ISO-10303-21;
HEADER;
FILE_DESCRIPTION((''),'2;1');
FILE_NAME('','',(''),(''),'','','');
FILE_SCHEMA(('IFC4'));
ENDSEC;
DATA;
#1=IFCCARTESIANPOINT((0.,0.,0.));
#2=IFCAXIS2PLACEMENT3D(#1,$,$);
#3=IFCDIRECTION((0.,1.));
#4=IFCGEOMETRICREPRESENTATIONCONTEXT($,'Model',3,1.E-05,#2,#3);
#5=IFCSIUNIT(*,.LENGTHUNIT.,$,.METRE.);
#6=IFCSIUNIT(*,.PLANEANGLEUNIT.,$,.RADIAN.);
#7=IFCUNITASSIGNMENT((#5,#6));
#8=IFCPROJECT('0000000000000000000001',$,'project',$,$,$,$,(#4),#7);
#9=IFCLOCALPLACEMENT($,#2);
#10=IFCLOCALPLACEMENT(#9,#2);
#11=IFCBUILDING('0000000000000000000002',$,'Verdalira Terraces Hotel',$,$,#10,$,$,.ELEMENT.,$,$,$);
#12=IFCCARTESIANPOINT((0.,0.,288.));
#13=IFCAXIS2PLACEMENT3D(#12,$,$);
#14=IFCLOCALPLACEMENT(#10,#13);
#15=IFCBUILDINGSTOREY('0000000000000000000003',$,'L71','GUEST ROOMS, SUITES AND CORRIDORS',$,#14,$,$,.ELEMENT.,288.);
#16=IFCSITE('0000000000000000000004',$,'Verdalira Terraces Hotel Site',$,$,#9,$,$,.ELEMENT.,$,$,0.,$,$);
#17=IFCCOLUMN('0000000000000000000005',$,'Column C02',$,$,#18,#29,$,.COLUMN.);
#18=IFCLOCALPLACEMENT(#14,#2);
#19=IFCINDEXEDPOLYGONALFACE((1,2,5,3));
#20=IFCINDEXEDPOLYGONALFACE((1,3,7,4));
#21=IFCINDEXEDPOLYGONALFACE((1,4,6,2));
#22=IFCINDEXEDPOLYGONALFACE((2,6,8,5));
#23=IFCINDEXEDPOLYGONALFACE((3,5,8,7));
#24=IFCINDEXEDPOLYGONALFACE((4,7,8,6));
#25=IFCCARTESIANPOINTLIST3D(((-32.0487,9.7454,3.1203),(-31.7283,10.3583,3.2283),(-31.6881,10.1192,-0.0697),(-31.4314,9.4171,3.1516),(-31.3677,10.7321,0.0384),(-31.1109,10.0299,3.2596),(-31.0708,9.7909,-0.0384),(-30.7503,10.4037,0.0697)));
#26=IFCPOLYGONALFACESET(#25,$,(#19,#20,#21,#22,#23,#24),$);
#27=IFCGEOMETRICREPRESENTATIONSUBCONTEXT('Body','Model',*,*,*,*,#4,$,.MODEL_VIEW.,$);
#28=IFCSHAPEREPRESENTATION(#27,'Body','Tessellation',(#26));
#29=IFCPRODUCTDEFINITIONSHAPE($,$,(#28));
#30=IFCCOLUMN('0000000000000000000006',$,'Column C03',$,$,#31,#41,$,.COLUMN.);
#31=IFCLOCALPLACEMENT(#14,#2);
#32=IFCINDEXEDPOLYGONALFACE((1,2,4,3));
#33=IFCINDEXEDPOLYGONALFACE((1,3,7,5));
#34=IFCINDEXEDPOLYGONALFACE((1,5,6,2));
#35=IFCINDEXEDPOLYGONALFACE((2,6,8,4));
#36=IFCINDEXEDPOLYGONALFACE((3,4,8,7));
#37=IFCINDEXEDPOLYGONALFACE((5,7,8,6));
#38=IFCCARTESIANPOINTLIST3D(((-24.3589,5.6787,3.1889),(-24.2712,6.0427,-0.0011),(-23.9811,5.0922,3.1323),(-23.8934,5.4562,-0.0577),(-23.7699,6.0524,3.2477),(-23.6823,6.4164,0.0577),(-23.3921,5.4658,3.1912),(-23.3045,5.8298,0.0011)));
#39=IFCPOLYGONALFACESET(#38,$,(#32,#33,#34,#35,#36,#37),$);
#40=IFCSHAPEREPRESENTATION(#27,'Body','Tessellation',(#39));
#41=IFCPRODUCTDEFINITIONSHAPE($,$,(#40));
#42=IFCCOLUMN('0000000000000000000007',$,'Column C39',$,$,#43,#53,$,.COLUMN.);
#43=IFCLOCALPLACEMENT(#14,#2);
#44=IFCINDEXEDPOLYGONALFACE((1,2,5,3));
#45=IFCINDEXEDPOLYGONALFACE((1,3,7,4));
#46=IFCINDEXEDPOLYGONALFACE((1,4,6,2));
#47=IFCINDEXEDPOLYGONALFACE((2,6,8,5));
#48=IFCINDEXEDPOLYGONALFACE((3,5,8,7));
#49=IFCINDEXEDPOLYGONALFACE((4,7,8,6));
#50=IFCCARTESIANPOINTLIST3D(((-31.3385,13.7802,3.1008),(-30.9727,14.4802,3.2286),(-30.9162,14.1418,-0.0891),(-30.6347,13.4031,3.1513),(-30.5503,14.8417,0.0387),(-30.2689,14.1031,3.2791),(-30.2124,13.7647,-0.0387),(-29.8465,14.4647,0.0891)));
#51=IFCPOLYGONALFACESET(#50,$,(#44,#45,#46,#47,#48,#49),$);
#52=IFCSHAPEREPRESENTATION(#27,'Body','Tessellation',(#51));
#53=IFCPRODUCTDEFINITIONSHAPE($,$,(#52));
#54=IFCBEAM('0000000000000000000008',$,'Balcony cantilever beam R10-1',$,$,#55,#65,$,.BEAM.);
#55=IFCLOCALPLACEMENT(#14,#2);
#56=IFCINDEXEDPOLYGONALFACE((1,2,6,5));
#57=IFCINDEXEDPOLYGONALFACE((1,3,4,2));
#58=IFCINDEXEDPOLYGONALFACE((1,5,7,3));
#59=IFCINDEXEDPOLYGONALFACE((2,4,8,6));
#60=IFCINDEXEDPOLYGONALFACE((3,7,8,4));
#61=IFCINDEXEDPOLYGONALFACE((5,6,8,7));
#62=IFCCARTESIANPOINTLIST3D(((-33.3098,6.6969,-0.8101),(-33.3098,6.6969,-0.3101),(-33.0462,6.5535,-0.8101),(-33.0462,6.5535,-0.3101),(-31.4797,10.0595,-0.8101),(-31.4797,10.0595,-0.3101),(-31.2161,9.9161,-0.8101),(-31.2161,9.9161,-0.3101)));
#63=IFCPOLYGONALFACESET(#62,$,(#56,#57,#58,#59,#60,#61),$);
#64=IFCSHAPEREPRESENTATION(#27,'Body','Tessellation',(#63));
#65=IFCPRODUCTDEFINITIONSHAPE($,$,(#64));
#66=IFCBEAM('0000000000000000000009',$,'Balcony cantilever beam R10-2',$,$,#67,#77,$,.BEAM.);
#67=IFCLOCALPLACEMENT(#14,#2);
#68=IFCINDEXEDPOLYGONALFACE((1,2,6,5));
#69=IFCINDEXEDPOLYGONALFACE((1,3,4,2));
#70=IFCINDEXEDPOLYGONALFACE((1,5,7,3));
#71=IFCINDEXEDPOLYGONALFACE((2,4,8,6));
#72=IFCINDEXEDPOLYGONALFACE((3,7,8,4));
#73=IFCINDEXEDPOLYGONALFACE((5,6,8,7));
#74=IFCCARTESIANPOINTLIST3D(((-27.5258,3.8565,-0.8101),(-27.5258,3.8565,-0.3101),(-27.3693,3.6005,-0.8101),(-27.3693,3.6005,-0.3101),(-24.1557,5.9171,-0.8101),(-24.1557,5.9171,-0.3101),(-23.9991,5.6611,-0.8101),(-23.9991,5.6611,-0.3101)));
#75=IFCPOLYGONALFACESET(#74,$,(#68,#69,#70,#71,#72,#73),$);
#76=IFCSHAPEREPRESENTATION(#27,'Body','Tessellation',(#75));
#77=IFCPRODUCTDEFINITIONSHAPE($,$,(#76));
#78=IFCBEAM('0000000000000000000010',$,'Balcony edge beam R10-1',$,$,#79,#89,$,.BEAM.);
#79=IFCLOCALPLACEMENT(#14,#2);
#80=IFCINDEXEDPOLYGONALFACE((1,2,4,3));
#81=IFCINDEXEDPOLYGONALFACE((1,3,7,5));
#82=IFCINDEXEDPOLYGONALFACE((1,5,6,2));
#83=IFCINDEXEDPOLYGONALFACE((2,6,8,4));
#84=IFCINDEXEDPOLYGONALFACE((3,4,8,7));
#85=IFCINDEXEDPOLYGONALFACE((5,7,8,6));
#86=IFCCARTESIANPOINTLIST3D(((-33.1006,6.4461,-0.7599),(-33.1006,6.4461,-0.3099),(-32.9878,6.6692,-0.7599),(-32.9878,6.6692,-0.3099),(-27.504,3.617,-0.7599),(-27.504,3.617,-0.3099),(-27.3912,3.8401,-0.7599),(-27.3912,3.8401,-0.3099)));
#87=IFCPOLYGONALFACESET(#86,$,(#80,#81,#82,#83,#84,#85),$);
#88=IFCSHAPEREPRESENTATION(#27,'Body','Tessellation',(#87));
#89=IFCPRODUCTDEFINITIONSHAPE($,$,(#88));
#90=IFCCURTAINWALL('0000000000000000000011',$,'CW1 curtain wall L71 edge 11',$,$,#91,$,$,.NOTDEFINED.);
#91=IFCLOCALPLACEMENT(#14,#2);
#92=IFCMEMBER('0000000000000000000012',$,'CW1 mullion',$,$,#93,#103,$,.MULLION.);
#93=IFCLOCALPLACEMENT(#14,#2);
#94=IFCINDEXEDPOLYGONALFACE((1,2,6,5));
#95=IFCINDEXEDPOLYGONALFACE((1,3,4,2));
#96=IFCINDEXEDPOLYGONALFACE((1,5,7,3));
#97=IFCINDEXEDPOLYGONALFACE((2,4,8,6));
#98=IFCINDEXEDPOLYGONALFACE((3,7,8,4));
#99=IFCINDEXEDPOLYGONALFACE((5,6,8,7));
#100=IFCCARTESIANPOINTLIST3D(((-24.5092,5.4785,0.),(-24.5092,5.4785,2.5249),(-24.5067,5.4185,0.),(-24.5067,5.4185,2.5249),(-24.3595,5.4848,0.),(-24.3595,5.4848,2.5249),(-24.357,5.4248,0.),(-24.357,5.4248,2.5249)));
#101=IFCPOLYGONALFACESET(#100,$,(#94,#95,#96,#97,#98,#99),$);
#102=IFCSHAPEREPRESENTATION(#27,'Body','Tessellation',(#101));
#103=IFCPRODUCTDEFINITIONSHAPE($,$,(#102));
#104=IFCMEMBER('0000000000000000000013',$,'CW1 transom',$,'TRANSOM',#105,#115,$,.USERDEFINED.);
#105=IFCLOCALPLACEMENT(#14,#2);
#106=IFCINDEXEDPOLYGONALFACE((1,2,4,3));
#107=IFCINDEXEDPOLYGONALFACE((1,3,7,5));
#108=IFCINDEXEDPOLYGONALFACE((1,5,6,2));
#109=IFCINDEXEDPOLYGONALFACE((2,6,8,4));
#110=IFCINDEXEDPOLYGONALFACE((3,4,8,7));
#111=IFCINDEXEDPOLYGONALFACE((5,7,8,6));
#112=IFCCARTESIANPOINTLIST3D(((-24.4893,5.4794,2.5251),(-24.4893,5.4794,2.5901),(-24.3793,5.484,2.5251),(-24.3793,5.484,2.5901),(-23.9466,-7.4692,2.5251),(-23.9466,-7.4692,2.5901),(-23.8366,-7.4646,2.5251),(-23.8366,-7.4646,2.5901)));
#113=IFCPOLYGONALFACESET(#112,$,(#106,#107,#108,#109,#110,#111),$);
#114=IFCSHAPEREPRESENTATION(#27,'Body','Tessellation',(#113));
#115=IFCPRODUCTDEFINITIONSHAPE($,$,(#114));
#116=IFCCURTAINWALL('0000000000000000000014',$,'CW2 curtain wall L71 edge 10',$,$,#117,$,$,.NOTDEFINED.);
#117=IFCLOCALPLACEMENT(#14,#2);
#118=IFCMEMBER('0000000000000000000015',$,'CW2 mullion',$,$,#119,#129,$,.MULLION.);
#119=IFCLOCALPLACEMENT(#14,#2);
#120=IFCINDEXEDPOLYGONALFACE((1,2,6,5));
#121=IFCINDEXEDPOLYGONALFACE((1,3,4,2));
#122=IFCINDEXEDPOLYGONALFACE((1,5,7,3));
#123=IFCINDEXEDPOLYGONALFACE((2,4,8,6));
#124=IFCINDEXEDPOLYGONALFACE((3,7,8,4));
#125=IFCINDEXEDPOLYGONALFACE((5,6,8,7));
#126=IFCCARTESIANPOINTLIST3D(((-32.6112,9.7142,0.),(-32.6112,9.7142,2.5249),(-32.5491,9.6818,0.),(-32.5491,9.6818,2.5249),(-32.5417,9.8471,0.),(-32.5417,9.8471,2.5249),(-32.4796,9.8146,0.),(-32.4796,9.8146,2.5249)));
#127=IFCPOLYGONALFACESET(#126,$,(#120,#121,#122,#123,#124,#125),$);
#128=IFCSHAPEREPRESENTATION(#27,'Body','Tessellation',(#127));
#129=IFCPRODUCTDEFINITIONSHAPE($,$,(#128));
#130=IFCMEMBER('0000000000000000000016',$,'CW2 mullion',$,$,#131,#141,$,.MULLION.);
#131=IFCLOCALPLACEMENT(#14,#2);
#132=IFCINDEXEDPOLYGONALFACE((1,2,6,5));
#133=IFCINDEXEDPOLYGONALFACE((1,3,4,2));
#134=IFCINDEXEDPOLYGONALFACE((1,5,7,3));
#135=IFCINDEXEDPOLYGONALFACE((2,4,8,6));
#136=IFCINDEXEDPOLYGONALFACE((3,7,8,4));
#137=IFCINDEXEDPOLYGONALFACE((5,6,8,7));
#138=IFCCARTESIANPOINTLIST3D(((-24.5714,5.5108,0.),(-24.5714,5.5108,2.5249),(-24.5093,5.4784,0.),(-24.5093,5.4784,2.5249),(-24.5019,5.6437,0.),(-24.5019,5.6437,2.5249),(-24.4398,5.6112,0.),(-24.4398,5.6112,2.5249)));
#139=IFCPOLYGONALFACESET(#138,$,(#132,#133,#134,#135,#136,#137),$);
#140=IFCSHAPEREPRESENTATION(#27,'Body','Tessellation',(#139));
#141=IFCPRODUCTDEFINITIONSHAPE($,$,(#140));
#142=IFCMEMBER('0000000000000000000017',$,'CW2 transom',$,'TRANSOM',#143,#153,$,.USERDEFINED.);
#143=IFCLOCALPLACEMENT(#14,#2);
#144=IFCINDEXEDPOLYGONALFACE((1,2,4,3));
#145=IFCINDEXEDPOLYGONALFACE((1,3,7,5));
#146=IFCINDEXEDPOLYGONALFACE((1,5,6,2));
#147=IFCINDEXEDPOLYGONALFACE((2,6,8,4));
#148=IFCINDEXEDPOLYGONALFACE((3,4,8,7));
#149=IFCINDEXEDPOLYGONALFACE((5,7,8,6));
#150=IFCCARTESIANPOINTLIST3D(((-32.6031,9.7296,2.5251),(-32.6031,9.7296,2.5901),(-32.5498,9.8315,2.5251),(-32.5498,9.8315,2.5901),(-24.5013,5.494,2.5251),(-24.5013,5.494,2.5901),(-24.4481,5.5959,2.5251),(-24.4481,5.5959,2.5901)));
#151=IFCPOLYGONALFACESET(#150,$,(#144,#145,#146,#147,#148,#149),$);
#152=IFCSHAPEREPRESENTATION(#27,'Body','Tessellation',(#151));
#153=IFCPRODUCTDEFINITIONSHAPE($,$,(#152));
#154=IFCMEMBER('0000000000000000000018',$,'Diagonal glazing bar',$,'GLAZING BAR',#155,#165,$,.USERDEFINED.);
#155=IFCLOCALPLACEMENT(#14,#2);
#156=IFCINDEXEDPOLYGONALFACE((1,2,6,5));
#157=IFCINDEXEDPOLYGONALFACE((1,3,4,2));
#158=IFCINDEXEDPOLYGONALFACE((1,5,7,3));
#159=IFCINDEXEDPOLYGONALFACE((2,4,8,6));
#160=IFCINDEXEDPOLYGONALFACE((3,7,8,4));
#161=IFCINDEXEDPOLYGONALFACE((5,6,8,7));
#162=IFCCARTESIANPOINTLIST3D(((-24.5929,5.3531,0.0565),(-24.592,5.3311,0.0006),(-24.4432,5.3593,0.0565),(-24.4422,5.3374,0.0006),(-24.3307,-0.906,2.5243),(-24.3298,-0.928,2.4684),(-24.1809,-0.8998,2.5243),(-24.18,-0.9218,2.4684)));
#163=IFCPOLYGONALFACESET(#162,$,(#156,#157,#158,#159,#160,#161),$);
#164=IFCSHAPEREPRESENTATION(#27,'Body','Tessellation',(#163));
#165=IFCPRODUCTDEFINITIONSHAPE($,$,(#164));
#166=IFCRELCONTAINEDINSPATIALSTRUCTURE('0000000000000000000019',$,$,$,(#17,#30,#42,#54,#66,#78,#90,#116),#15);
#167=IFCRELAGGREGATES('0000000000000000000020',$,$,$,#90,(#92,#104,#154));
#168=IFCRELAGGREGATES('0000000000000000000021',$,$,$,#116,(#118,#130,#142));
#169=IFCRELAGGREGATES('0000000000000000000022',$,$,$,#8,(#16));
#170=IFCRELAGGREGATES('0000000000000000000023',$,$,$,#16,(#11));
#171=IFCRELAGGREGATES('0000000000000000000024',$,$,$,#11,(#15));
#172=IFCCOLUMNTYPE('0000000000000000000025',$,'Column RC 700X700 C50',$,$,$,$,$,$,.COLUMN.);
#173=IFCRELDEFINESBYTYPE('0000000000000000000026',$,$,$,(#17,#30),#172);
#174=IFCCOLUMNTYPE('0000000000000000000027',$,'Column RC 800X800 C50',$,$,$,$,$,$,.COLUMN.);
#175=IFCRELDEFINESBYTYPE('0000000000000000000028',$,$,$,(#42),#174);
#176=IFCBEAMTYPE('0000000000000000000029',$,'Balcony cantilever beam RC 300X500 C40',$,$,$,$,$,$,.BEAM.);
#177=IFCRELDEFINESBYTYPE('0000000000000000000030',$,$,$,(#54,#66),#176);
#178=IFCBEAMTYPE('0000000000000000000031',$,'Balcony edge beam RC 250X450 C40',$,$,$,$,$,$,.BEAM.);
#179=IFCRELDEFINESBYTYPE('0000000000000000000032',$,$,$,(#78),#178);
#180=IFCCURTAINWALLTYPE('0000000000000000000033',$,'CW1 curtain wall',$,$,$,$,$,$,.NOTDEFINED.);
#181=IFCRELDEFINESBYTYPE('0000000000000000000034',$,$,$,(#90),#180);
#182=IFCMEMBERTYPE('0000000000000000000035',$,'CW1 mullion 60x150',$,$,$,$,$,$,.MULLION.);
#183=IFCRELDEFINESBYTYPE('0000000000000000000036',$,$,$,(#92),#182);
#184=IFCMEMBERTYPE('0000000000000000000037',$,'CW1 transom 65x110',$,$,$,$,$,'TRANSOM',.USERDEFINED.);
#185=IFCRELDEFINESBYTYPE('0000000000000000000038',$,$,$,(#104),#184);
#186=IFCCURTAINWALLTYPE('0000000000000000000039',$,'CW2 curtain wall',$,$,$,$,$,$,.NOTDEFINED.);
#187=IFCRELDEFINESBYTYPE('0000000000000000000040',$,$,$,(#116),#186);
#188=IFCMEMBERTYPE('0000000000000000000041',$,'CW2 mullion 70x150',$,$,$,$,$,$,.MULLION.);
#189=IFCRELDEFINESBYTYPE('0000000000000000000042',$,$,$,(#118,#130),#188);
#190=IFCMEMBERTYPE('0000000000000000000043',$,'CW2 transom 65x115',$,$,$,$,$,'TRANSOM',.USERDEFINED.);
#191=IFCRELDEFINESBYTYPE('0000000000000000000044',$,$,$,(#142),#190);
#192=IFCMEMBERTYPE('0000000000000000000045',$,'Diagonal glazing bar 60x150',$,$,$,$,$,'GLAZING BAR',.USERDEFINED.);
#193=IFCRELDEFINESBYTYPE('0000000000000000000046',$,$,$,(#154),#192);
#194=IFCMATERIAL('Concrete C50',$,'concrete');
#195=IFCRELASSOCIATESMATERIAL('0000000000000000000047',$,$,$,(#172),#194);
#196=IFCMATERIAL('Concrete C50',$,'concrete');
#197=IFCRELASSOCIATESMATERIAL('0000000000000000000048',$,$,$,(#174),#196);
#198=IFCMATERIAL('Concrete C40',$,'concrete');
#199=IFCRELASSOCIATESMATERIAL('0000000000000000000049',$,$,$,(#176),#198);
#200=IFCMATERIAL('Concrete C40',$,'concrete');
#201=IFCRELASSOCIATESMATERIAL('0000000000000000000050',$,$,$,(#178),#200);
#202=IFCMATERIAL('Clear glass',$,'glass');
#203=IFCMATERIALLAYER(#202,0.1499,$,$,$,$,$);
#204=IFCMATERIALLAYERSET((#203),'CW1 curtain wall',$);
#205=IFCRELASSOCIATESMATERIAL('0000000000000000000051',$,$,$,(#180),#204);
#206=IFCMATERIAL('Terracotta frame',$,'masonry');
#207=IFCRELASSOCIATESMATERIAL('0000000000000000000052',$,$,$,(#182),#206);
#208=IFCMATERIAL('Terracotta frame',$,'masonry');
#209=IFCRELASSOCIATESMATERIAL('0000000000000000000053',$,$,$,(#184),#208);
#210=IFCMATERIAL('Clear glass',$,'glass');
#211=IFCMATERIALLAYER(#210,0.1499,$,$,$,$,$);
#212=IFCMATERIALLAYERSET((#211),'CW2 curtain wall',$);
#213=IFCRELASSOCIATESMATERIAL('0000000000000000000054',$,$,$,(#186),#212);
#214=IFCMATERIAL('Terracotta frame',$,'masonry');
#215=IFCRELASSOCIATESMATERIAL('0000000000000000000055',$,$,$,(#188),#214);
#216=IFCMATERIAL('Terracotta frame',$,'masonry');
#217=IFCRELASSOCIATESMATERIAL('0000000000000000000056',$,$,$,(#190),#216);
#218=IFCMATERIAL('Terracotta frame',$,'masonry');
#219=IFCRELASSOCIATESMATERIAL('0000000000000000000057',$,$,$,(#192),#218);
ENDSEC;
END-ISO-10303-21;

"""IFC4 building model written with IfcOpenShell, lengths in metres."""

from ifc_helpers import new_model, si_unit, direction, frame, origin, origin_2d, place, context, subcontext, project, spatial, rectangle, extrude, material, layer, layer_set, material_profile, profile_set, type_object, element, aggregate, save


model = new_model("IFC4")

# Units and contexts
model_context = context("Model", 3, precision=1e-05, world=origin(), true_north=direction((0.0, 1.0)))
body_context = subcontext(model_context, "Body", "Model", "MODEL_VIEW")
ifc_project = project(units=[si_unit("LENGTHUNIT", "METRE"), si_unit("PLANEANGLEUNIT", "RADIAN")], contexts=[model_context])

# Site, building, storey
site_placement = place(None, origin())
site = spatial("IfcSite", under=ifc_project, at=site_placement, Name="Verdalira Terraces Hotel Site", CompositionType="ELEMENT", RefElevation=0.0)
building_placement = place(site_placement, origin())
building = spatial("IfcBuilding", under=site, at=building_placement, Name="Verdalira Terraces Hotel", CompositionType="ELEMENT")
storey_placement = place(building_placement, frame((0.0, 0.0, 288.0)))
storey = spatial("IfcBuildingStorey", under=building, at=storey_placement, Name="L71", Description="GUEST ROOMS, SUITES AND CORRIDORS", CompositionType="ELEMENT", Elevation=288.0)

# Columns
ifc_material_1 = material(Name="Concrete C50", Category="concrete")
ifc_material_profile_1 = material_profile(ifc_material_1, rectangle(XDim=0.7, YDim=0.7, at=origin_2d()), Name="RC 700X700")
ifc_profile_set_1 = profile_set([ifc_material_profile_1], Name="Concrete C50")
column_type_1 = type_object("IfcColumnType", Name="Column RC 700X700 C50", PredefinedType="COLUMN", material=ifc_profile_set_1)
column_1_placement = place(storey_placement, frame((-31.2192, 10.2615, 0.0), z_axis=(-0.111572, -0.115652, 0.987004), x_axis=(0.88202, -0.469084, 0.04474)))
element("IfcColumn", 1, at=column_1_placement, inside=storey, type_object=column_type_1, Name="Column C02", PredefinedType="COLUMN", context=body_context, shape_type="SweptSolid", body=[
    extrude(rectangle(XDim=0.7, YDim=0.7, at=origin_2d()), origin(), (0.0, 0.0, 1.0), 3.2319),
])
column_2_placement = place(storey_placement, frame((-23.7878, 5.9363, 0.0), z_axis=(-0.027289, -0.113335, 0.993182), x_axis=(-0.539732, 0.837951, 0.080792)))
element("IfcColumn", 2, at=column_2_placement, inside=storey, type_object=column_type_1, Name="Column C03", PredefinedType="COLUMN", context=body_context, shape_type="SweptSolid", body=[
    extrude(rectangle(XDim=0.7, YDim=0.7, at=origin_2d()), origin(), (0.0, 0.0, 1.0), 3.2119),
])
ifc_material_2 = material(Name="Concrete C50", Category="concrete")
ifc_material_profile_2 = material_profile(ifc_material_2, rectangle(XDim=0.8, YDim=0.8, at=origin_2d()), Name="RC 800X800")
ifc_profile_set_2 = profile_set([ifc_material_profile_2], Name="Concrete C50")
column_type_2 = type_object("IfcColumnType", Name="Column RC 800X800 C50", PredefinedType="COLUMN", material=ifc_profile_set_2)
column_3_placement = place(storey_placement, frame((-30.3813, 14.3032, 0.0), z_axis=(-0.130438, -0.111664, 0.985148), x_axis=(-0.879714, 0.471304, -0.063057)))
element("IfcColumn", 3, at=column_3_placement, inside=storey, type_object=column_type_2, Name="Column C39", PredefinedType="COLUMN", context=body_context, shape_type="SweptSolid", body=[
    extrude(rectangle(XDim=0.8, YDim=0.8, at=origin_2d()), origin(), (0.0, 0.0, 1.0), 3.238),
])

# Beams
ifc_material_3 = material(Name="Concrete C40", Category="concrete")
ifc_material_profile_3 = material_profile(ifc_material_3, rectangle(XDim=0.3, YDim=0.5, at=origin_2d()), Name="RC 300X500")
ifc_profile_set_3 = profile_set([ifc_material_profile_3], Name="Concrete C40")
beam_type_1 = type_object("IfcBeamType", Name="Balcony cantilever beam RC 300X500 C40", PredefinedType="BEAM", material=ifc_profile_set_3)
beam_1_placement = place(storey_placement, frame((-31.3479, 9.9878, -0.5601), z_axis=(-0.478039, -0.878339, 0.0), x_axis=(0.878339, -0.478039, 0.0)))
element("IfcBeam", 4, at=beam_1_placement, inside=storey, type_object=beam_type_1, Name="Balcony cantilever beam R10-1", PredefinedType="BEAM", context=body_context, shape_type="SweptSolid", body=[
    extrude(rectangle(XDim=0.3, YDim=0.5, at=origin_2d()), origin(), (0.0, 0.0, 1.0), 3.8284),
])
beam_2_placement = place(storey_placement, frame((-24.0774, 5.7891, -0.5601), z_axis=(-0.853166, -0.52164, 0.0), x_axis=(0.52164, -0.853166, 0.0)))
element("IfcBeam", 5, at=beam_2_placement, inside=storey, type_object=beam_type_1, Name="Balcony cantilever beam R10-2", PredefinedType="BEAM", context=body_context, shape_type="SweptSolid", body=[
    extrude(rectangle(XDim=0.3, YDim=0.5, at=origin_2d()), origin(), (0.0, 0.0, 1.0), 3.9502),
])
ifc_material_4 = material(Name="Concrete C40", Category="concrete")
ifc_material_profile_4 = material_profile(ifc_material_4, rectangle(XDim=0.25, YDim=0.45, at=origin_2d()), Name="RC 250X450")
ifc_profile_set_4 = profile_set([ifc_material_profile_4], Name="Concrete C40")
beam_type_2 = type_object("IfcBeamType", Name="Balcony edge beam RC 250X450 C40", PredefinedType="BEAM", material=ifc_profile_set_4)
beam_3_placement = place(storey_placement, frame((-33.0442, 6.5576, -0.5349), z_axis=(0.892456, -0.451134, 0.0), x_axis=(0.451134, 0.892456, 0.0)))
element("IfcBeam", 6, at=beam_3_placement, inside=storey, type_object=beam_type_2, Name="Balcony edge beam R10-1", PredefinedType="BEAM", context=body_context, shape_type="SweptSolid", body=[
    extrude(rectangle(XDim=0.25, YDim=0.45, at=origin_2d()), origin(), (0.0, 0.0, 1.0), 6.271),
])

# Curtain walls, members
ifc_material_5 = material(Name="Clear glass", Category="glass")
ifc_layer_1 = layer(ifc_material_5, 0.1499)
ifc_layer_set_1 = layer_set([ifc_layer_1], Name="CW1 curtain wall")
curtain_wall_type_1 = type_object("IfcCurtainWallType", Name="CW1 curtain wall", PredefinedType="NOTDEFINED", material=ifc_layer_set_1)
curtain_wall_1_placement = place(storey_placement, origin())
curtain_wall_1 = element("IfcCurtainWall", 7, at=curtain_wall_1_placement, inside=storey, type_object=curtain_wall_type_1, Name="CW1 curtain wall L71 edge 11", PredefinedType="NOTDEFINED")
ifc_material_6 = material(Name="Terracotta frame", Category="masonry")
ifc_material_profile_5 = material_profile(ifc_material_6, rectangle(XDim=0.0601, YDim=0.1499, at=origin_2d()), Name="MU 60x150")
ifc_profile_set_5 = profile_set([ifc_material_profile_5], Name="Terracotta frame")
member_type_1 = type_object("IfcMemberType", Name="CW1 mullion 60x150", PredefinedType="MULLION", material=ifc_profile_set_5)
member_1_placement = place(storey_placement, frame((-24.4331, 5.4517, 0.0), z_axis=(0.0, 0.0, 1.0), x_axis=(0.041876, -0.999123, 0.0)))
member_1 = element("IfcMember", 8, at=member_1_placement, type_object=member_type_1, Name="CW1 mullion", PredefinedType="MULLION", context=body_context, shape_type="SweptSolid", body=[
    extrude(rectangle(XDim=0.0601, YDim=0.1499, at=origin_2d()), origin(), (0.0, 0.0, 1.0), 2.5249),
])
ifc_material_7 = material(Name="Terracotta frame", Category="masonry")
ifc_material_profile_6 = material_profile(ifc_material_7, rectangle(XDim=0.1101, YDim=0.0649, at=origin_2d()), Name="TR 65x110")
ifc_profile_set_6 = profile_set([ifc_material_profile_6], Name="Terracotta frame")
member_type_2 = type_object("IfcMemberType", Name="CW1 transom 65x110", ElementType="TRANSOM", PredefinedType="USERDEFINED", material=ifc_profile_set_6)
member_2_placement = place(storey_placement, frame((-24.4343, 5.4817, 2.5576), z_axis=(0.041877, -0.999123, 0.0), x_axis=(0.999123, 0.041877, 0.0)))
member_2 = element("IfcMember", 9, at=member_2_placement, type_object=member_type_2, Name="CW1 transom", ObjectType="TRANSOM", PredefinedType="USERDEFINED", context=body_context, shape_type="SweptSolid", body=[
    extrude(rectangle(XDim=0.1101, YDim=0.0649, at=origin_2d()), origin(), (0.0, 0.0, 1.0), 12.96),
])
ifc_material_8 = material(Name="Clear glass", Category="glass")
ifc_layer_2 = layer(ifc_material_8, 0.1499)
ifc_layer_set_2 = layer_set([ifc_layer_2], Name="CW2 curtain wall")
curtain_wall_type_2 = type_object("IfcCurtainWallType", Name="CW2 curtain wall", PredefinedType="NOTDEFINED", material=ifc_layer_set_2)
curtain_wall_2_placement = place(storey_placement, origin())
curtain_wall_2 = element("IfcCurtainWall", 10, at=curtain_wall_2_placement, inside=storey, type_object=curtain_wall_type_2, Name="CW2 curtain wall L71 edge 10", PredefinedType="NOTDEFINED")
ifc_material_9 = material(Name="Terracotta frame", Category="masonry")
ifc_material_profile_7 = material_profile(ifc_material_9, rectangle(XDim=0.0701, YDim=0.1499, at=origin_2d()), Name="MU 70x150")
ifc_profile_set_7 = profile_set([ifc_material_profile_7], Name="Terracotta frame")
member_type_3 = type_object("IfcMemberType", Name="CW2 mullion 70x150", PredefinedType="MULLION", material=ifc_profile_set_7)
member_3_placement = place(storey_placement, frame((-32.5454, 9.7644, 0.0), z_axis=(0.0, 0.0, 1.0), x_axis=(0.886204, -0.463296, 0.0)))
member_3 = element("IfcMember", 11, at=member_3_placement, type_object=member_type_3, Name="CW2 mullion", PredefinedType="MULLION", context=body_context, shape_type="SweptSolid", body=[
    extrude(rectangle(XDim=0.0701, YDim=0.1499, at=origin_2d()), origin(), (0.0, 0.0, 1.0), 2.5249),
])
member_4_placement = place(storey_placement, frame((-24.5056, 5.561, 0.0), z_axis=(0.0, 0.0, 1.0), x_axis=(0.886204, -0.463296, 0.0)))
member_4 = element("IfcMember", 12, at=member_4_placement, type_object=member_type_3, Name="CW2 mullion", PredefinedType="MULLION", context=body_context, shape_type="SweptSolid", body=[
    extrude(rectangle(XDim=0.0701, YDim=0.1499, at=origin_2d()), origin(), (0.0, 0.0, 1.0), 2.5249),
])
ifc_material_10 = material(Name="Terracotta frame", Category="masonry")
ifc_material_profile_8 = material_profile(ifc_material_10, rectangle(XDim=0.115, YDim=0.0649, at=origin_2d()), Name="TR 65x115")
ifc_profile_set_8 = profile_set([ifc_material_profile_8], Name="Terracotta frame")
member_type_4 = type_object("IfcMemberType", Name="CW2 transom 65x115", ElementType="TRANSOM", PredefinedType="USERDEFINED", material=ifc_profile_set_8)
member_5_placement = place(storey_placement, frame((-32.5764, 9.7805, 2.5576), z_axis=(0.8862, -0.463302, 0.0), x_axis=(0.463302, 0.8862, 0.0)))
member_5 = element("IfcMember", 13, at=member_5_placement, type_object=member_type_4, Name="CW2 transom", ObjectType="TRANSOM", PredefinedType="USERDEFINED", context=body_context, shape_type="SweptSolid", body=[
    extrude(rectangle(XDim=0.115, YDim=0.0649, at=origin_2d()), origin(), (0.0, 0.0, 1.0), 9.1421),
])

# Member
ifc_material_11 = material(Name="Terracotta frame", Category="masonry")
ifc_material_profile_9 = material_profile(ifc_material_11, rectangle(XDim=0.1499, YDim=0.0601, at=origin_2d()), Name="GB 60x150")
ifc_profile_set_9 = profile_set([ifc_material_profile_9], Name="Terracotta frame")
member_type_5 = type_object("IfcMemberType", Name="Diagonal glazing bar 60x150", ElementType="GLAZING BAR", PredefinedType="USERDEFINED", material=ifc_profile_set_9)
member_6_placement = place(storey_placement, frame((-24.5176, 5.3452, 0.0286), z_axis=(0.038943, -0.929597, 0.366516), x_axis=(0.999124, 0.041856, 0.0)))
member_6 = element("IfcMember", 14, at=member_6_placement, type_object=member_type_5, Name="Diagonal glazing bar", ObjectType="GLAZING BAR", PredefinedType="USERDEFINED", context=body_context, shape_type="SweptSolid", body=[
    extrude(rectangle(XDim=0.1499, YDim=0.0601, at=origin_2d()), origin(), (0.0, 0.0, 1.0), 6.7332),
])

aggregate(curtain_wall_1, [member_1, member_2, member_6])
aggregate(curtain_wall_2, [member_3, member_4, member_5])

save(model, "model.ifc")
